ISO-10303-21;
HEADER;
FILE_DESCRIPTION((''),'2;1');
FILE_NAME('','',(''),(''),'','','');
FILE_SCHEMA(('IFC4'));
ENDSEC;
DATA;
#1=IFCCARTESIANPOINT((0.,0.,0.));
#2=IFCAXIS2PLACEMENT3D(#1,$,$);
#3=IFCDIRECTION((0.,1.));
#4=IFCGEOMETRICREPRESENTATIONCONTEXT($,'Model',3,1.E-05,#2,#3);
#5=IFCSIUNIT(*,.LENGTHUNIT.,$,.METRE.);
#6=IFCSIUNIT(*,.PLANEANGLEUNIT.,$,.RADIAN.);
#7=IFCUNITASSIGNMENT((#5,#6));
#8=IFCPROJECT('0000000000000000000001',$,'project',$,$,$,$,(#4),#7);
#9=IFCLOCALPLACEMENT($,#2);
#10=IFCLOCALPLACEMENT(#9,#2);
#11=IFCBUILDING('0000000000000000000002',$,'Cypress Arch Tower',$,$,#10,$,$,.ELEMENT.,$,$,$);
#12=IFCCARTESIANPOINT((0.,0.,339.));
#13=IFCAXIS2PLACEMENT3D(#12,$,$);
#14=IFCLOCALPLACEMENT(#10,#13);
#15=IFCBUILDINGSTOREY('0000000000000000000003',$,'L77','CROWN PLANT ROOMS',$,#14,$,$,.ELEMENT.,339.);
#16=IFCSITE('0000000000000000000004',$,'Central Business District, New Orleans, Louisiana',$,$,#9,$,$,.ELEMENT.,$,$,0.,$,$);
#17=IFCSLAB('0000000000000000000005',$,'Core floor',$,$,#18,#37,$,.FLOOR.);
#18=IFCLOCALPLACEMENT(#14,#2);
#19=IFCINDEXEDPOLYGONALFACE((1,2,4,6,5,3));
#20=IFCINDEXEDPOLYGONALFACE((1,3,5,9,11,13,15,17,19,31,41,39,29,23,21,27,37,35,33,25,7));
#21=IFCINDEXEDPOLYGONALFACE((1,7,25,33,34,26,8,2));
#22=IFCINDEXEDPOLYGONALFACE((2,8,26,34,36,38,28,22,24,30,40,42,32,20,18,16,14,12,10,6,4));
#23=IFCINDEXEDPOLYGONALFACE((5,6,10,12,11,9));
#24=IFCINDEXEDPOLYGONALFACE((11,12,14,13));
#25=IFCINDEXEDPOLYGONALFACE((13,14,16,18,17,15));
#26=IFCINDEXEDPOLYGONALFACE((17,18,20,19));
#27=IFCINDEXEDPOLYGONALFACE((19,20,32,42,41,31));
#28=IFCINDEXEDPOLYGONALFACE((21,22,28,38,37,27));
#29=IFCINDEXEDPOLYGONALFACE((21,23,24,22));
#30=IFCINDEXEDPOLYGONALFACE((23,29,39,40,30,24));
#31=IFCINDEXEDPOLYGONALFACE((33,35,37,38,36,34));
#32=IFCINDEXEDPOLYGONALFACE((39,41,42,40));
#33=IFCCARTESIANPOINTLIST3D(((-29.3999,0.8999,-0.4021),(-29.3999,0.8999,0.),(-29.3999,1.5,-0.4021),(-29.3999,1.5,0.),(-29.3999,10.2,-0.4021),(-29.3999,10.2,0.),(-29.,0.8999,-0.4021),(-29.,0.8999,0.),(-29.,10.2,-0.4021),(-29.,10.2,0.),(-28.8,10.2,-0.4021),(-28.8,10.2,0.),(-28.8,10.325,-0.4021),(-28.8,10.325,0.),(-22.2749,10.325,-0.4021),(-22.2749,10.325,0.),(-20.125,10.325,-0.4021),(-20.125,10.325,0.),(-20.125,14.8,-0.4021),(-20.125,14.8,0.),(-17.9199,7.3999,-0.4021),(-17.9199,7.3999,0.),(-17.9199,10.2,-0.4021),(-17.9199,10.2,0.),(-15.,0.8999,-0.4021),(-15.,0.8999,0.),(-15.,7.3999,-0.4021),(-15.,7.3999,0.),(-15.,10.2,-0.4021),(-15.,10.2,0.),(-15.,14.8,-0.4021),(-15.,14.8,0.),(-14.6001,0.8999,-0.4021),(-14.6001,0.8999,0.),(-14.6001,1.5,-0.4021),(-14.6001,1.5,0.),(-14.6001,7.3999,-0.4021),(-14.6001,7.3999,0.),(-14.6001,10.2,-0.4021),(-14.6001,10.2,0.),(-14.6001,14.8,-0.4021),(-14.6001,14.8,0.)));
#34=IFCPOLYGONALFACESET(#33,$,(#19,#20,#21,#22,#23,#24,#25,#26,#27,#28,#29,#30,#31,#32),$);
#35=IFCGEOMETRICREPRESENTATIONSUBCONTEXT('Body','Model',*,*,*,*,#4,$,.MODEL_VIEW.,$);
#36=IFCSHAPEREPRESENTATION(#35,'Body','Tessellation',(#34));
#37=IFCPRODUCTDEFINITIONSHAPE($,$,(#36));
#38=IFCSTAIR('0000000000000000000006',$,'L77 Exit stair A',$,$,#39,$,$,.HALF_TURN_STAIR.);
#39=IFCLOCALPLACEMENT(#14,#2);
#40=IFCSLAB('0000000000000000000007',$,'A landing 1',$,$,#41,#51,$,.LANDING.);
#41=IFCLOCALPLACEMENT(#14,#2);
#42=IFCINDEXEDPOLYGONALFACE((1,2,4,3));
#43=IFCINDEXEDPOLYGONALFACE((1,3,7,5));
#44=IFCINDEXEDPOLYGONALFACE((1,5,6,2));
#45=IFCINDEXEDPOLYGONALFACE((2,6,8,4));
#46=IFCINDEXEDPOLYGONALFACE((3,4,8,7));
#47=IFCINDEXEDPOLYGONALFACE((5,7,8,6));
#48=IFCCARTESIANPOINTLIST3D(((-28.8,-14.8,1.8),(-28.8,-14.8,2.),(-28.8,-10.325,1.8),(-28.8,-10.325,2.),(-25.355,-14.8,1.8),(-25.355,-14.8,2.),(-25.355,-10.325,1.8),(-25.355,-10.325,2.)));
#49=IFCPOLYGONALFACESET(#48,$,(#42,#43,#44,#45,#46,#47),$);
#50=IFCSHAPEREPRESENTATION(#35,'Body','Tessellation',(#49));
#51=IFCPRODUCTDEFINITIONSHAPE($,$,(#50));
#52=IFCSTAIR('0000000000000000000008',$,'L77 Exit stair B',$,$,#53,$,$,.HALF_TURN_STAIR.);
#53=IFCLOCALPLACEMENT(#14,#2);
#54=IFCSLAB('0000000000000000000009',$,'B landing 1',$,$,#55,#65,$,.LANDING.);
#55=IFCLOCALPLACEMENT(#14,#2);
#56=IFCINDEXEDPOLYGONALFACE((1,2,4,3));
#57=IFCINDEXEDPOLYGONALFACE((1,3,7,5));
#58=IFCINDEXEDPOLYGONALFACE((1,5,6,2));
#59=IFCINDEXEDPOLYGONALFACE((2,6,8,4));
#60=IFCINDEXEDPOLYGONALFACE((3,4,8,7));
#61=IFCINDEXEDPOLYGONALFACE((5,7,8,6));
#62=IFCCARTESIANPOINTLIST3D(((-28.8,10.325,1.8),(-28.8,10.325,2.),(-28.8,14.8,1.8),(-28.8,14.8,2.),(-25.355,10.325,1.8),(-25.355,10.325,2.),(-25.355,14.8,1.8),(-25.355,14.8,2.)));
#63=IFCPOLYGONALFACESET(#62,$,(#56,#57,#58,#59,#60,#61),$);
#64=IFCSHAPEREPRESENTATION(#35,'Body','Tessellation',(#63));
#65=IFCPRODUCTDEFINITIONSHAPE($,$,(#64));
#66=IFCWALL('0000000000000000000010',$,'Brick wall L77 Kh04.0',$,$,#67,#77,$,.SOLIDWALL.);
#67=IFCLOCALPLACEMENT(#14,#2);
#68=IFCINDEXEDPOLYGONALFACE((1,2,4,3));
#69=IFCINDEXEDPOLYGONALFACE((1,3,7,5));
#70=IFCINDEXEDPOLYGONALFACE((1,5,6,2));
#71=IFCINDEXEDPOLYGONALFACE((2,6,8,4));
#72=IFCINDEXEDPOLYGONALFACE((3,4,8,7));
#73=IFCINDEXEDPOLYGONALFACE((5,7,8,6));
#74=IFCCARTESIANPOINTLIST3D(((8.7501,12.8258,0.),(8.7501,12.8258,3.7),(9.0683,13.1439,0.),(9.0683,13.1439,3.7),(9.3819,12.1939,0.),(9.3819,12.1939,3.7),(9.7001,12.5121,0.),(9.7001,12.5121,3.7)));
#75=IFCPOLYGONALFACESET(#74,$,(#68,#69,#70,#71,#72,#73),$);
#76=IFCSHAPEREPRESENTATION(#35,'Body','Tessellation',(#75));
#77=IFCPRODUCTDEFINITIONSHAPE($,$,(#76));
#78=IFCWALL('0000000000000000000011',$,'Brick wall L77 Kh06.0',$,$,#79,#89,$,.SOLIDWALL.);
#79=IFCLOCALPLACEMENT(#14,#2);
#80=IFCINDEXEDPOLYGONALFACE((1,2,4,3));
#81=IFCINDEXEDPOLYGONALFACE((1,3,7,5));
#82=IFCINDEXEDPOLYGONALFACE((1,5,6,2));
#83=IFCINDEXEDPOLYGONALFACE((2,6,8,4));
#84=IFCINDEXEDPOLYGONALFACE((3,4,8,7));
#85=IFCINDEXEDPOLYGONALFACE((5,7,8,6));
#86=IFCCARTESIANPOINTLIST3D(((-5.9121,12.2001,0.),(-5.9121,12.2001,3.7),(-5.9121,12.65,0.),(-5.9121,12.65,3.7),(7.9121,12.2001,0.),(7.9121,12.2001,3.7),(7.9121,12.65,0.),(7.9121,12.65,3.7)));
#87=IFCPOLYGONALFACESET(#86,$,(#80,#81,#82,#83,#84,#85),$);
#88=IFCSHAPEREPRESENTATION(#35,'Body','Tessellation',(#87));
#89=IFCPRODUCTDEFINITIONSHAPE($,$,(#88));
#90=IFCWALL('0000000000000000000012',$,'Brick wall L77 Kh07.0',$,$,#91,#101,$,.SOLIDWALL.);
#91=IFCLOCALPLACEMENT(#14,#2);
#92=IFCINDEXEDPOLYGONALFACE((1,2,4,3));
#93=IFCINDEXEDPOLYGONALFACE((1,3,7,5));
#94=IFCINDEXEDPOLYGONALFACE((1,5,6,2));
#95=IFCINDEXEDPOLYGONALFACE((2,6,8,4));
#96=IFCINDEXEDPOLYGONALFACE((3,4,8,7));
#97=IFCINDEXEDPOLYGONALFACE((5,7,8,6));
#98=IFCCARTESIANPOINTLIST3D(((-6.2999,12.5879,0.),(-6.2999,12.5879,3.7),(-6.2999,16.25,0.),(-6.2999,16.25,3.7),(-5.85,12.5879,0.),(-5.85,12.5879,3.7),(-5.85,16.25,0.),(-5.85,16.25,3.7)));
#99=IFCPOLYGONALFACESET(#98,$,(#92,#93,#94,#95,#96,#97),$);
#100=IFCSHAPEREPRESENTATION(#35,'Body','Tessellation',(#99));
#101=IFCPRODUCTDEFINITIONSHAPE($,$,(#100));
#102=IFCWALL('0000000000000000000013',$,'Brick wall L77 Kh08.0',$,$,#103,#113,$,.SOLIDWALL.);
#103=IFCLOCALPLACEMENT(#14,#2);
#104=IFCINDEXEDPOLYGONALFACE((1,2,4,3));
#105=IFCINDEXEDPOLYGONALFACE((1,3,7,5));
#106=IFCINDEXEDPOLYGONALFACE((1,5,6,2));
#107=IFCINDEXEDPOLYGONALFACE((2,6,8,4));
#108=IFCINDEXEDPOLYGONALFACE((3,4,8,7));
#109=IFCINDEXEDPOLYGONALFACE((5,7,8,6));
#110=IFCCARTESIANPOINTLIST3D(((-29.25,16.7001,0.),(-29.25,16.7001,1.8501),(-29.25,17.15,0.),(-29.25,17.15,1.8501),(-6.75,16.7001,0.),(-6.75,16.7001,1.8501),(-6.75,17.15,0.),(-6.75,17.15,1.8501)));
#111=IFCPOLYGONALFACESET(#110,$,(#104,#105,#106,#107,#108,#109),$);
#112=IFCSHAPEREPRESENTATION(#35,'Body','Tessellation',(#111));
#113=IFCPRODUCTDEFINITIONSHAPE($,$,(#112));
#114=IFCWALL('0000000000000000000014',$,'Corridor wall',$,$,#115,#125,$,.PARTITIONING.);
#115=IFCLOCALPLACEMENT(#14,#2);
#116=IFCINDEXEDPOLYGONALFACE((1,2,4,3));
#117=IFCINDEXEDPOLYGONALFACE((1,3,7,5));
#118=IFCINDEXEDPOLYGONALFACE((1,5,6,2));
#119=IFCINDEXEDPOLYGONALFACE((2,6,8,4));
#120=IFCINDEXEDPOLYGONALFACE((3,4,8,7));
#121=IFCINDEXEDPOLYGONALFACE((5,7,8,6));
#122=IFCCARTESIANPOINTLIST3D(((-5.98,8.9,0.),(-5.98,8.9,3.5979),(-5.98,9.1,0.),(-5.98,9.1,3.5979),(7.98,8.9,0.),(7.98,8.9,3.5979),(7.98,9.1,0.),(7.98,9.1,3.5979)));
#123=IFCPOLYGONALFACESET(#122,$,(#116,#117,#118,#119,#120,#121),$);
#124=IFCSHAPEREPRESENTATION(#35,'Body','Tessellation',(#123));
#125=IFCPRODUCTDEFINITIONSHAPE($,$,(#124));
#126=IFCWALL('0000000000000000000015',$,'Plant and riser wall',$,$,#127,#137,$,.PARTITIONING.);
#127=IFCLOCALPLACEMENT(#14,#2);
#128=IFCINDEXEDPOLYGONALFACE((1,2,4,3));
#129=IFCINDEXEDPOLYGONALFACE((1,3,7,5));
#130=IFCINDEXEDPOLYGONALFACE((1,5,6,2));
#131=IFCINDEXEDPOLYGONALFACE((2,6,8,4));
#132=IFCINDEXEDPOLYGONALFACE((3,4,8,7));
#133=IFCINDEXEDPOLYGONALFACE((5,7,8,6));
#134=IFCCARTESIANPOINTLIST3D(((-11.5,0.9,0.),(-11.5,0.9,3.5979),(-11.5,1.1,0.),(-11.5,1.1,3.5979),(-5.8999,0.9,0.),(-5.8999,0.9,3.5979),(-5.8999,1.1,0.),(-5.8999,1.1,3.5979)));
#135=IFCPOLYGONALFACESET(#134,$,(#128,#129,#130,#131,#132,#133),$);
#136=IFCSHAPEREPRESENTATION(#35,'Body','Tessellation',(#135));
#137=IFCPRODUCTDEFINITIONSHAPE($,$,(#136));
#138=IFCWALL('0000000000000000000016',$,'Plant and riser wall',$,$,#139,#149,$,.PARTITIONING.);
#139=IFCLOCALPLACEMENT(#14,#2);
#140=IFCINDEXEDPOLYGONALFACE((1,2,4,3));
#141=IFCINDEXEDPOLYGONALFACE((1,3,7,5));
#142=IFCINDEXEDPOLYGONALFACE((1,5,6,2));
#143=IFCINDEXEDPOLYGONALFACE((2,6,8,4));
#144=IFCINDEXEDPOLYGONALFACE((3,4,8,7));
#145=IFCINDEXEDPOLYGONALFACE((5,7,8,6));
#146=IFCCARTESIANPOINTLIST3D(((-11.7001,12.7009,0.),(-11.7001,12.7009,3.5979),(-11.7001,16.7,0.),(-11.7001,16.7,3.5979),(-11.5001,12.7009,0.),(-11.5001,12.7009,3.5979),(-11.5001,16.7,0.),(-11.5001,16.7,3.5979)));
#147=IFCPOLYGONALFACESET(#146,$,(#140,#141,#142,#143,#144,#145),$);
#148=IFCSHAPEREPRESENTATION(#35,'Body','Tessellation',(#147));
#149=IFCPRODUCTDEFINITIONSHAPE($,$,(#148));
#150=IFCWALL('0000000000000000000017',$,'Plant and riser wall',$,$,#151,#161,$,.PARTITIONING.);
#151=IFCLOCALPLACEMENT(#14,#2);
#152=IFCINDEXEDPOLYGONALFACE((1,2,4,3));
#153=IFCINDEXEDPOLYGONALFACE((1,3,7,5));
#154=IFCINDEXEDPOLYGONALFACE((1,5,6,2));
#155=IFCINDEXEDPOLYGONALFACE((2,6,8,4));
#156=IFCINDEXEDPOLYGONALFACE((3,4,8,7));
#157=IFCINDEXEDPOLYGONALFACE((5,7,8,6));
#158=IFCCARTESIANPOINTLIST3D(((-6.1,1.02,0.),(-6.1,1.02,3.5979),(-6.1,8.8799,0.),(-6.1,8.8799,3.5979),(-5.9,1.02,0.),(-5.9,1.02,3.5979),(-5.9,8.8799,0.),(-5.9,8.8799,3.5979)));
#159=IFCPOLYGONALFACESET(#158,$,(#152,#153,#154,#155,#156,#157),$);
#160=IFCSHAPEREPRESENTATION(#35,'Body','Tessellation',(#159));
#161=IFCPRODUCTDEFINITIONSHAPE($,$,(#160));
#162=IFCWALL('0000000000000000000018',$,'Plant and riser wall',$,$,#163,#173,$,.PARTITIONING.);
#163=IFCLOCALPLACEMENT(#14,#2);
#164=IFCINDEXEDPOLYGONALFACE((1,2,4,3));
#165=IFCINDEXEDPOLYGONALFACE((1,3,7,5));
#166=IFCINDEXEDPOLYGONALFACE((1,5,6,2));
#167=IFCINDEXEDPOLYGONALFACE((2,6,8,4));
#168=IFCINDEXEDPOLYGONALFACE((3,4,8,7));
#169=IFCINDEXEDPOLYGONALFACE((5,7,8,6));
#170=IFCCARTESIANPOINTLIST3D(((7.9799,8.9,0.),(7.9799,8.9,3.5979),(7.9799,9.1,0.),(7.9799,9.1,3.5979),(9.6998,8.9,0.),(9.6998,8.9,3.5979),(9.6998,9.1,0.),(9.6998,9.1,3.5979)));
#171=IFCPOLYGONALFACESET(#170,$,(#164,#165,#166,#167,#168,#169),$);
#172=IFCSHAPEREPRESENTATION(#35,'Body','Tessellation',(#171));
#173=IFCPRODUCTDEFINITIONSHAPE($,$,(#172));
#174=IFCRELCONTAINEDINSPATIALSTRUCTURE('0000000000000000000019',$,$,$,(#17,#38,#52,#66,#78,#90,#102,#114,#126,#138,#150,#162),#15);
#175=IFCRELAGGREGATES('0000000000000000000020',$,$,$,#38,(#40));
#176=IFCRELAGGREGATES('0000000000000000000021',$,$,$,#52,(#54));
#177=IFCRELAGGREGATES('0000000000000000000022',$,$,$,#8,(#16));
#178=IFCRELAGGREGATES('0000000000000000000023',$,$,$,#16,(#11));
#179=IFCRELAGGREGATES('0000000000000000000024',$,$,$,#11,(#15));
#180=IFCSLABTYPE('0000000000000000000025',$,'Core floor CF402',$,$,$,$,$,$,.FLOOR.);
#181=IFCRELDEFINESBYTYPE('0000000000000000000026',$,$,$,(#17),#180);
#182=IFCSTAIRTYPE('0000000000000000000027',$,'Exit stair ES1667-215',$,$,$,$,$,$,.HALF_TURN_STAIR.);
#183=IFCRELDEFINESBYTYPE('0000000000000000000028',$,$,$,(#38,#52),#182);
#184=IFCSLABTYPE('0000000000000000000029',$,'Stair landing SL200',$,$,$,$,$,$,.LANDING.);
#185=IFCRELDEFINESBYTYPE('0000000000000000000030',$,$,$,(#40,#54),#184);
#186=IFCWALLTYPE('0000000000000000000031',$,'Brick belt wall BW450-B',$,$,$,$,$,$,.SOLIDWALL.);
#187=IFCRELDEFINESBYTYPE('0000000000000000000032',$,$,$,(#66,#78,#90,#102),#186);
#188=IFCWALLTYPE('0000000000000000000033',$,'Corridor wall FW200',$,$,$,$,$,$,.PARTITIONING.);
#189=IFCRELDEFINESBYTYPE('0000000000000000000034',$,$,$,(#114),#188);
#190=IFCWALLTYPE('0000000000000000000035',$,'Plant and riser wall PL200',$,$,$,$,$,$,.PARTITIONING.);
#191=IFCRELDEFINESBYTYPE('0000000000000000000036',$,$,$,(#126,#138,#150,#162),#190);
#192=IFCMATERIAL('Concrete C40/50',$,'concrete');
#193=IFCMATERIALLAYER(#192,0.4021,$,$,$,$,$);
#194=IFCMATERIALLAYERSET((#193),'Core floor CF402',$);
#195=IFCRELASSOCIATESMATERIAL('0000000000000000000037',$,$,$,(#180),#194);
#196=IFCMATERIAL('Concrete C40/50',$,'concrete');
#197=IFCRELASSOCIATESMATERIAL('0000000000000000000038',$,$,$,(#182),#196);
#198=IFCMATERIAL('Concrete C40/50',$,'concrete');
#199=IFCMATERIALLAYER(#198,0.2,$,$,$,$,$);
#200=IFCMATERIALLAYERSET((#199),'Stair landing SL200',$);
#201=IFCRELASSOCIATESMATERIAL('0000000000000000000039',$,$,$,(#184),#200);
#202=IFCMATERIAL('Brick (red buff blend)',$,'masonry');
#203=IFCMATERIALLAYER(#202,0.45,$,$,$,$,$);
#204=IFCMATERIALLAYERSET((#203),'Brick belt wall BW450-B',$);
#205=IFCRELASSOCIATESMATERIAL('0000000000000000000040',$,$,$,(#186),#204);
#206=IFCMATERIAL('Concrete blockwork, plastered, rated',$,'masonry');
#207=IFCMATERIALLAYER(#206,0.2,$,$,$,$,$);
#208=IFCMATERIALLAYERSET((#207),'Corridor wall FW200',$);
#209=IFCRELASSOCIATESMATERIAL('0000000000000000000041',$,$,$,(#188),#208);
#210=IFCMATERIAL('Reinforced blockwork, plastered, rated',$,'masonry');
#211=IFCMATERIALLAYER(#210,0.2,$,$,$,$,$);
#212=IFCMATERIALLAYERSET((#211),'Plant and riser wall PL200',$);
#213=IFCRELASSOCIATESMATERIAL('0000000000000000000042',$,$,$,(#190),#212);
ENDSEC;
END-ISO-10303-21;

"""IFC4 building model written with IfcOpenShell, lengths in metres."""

from ifc_helpers import new_model, si_unit, direction, frame, frame_2d, origin, place, context, subcontext, project, spatial, polyline, rectangle, outline, extrude, material, layer, layer_set, type_object, element, aggregate, save


model = new_model("IFC4")

# Units and contexts
model_context = context("Model", 3, precision=1e-05, world=origin(), true_north=direction((0.0, 1.0)))
body_context = subcontext(model_context, "Body", "Model", "MODEL_VIEW")
ifc_project = project(units=[si_unit("LENGTHUNIT", "METRE"), si_unit("PLANEANGLEUNIT", "RADIAN")], contexts=[model_context])

# Site, building, storey
site_placement = place(None, origin())
site = spatial("IfcSite", under=ifc_project, at=site_placement, Name="Central Business District, New Orleans, Louisiana", CompositionType="ELEMENT", RefElevation=0.0)
building_placement = place(site_placement, origin())
building = spatial("IfcBuilding", under=site, at=building_placement, Name="Cypress Arch Tower", CompositionType="ELEMENT")
storey_placement = place(building_placement, frame((0.0, 0.0, 339.0)))
storey = spatial("IfcBuildingStorey", under=building, at=storey_placement, Name="L77", Description="CROWN PLANT ROOMS", CompositionType="ELEMENT", Elevation=339.0)

# Slab
ifc_material_1 = material(Name="Concrete C40/50", Category="concrete")
ifc_layer_1 = layer(ifc_material_1, 0.4021)
ifc_layer_set_1 = layer_set([ifc_layer_1], Name="Core floor CF402")
slab_type_1 = type_object("IfcSlabType", Name="Core floor CF402", PredefinedType="FLOOR", material=ifc_layer_set_1)
slab_1_placement = place(storey_placement, frame((0.0, 0.0, -0.4021)))
element("IfcSlab", 1, at=slab_1_placement, inside=storey, type_object=slab_type_1, Name="Core floor", PredefinedType="FLOOR", context=body_context, shape_type="SweptSolid", body=[
    extrude(outline(polyline([(-22.2749, 10.325), (-20.125, 10.325), (-20.125, 14.8), (-15.0, 14.8), (-14.6001, 14.8), (-14.6001, 10.2), (-15.0, 10.2), (-17.9199, 10.2), (-17.9199, 7.3999), (-15.0, 7.3999), (-14.6001, 7.3999), (-14.6001, 1.5), (-14.6001, 0.8999), (-15.0, 0.8999), (-29.0, 0.8999), (-29.3999, 0.8999), (-29.3999, 1.5), (-29.3999, 10.2), (-29.0, 10.2), (-28.8, 10.2), (-28.8, 10.325), (-22.2749, 10.325)])), origin(), (0.0, 0.0, 1.0), 0.4021),
])

# Stairs, slabs
ifc_material_2 = material(Name="Concrete C40/50", Category="concrete")
stair_type = type_object("IfcStairType", Name="Exit stair ES1667-215", PredefinedType="HALF_TURN_STAIR", material=ifc_material_2)
stair_1_placement = place(storey_placement, origin())
stair_1 = element("IfcStair", 2, at=stair_1_placement, inside=storey, type_object=stair_type, Name="L77 Exit stair A", PredefinedType="HALF_TURN_STAIR")
ifc_material_3 = material(Name="Concrete C40/50", Category="concrete")
ifc_layer_2 = layer(ifc_material_3, 0.2)
ifc_layer_set_2 = layer_set([ifc_layer_2], Name="Stair landing SL200")
slab_type_2 = type_object("IfcSlabType", Name="Stair landing SL200", PredefinedType="LANDING", material=ifc_layer_set_2)
slab_2_placement = place(storey_placement, frame((0.0, 0.0, 1.8)))
slab_2 = element("IfcSlab", 3, at=slab_2_placement, type_object=slab_type_2, Name="A landing 1", PredefinedType="LANDING", context=body_context, shape_type="SweptSolid", body=[
    extrude(outline(polyline([(-25.355, -10.325), (-28.8, -10.325), (-28.8, -14.8), (-25.355, -14.8), (-25.355, -10.325)])), origin(), (0.0, 0.0, 1.0), 0.2),
])
aggregate(stair_1, [slab_2])
stair_2_placement = place(storey_placement, origin())
stair_2 = element("IfcStair", 4, at=stair_2_placement, inside=storey, type_object=stair_type, Name="L77 Exit stair B", PredefinedType="HALF_TURN_STAIR")
slab_3_placement = place(storey_placement, frame((0.0, 0.0, 1.8)))
slab_3 = element("IfcSlab", 5, at=slab_3_placement, type_object=slab_type_2, Name="B landing 1", PredefinedType="LANDING", context=body_context, shape_type="SweptSolid", body=[
    extrude(outline(polyline([(-25.355, 14.8), (-28.8, 14.8), (-28.8, 10.325), (-25.355, 10.325), (-25.355, 14.8)])), origin(), (0.0, 0.0, 1.0), 0.2),
])
aggregate(stair_2, [slab_3])

# Walls
ifc_material_4 = material(Name="Brick (red buff blend)", Category="masonry")
ifc_layer_3 = layer(ifc_material_4, 0.45)
ifc_layer_set_3 = layer_set([ifc_layer_3], Name="Brick belt wall BW450-B")
wall_type_1 = type_object("IfcWallType", Name="Brick belt wall BW450-B", PredefinedType="SOLIDWALL", material=ifc_layer_set_3)
wall_1_placement = place(storey_placement, frame((9.541, 12.353, 0.0), z_axis=(0.0, 0.0, 1.0), x_axis=(-0.707107, 0.707107, 0.0)))
element("IfcWall", 6, at=wall_1_placement, inside=storey, type_object=wall_type_1, Name="Brick wall L77 Kh04.0", PredefinedType="SOLIDWALL", context=body_context, shape_type="SweptSolid", body=[
    extrude(rectangle(XDim=0.8936, YDim=0.45, at=frame_2d((0.4468, 0.0))), origin(), (0.0, 0.0, 1.0), 3.7),
])
wall_2_placement = place(storey_placement, frame((7.9121, 12.425, 0.0), z_axis=(0.0, 0.0, 1.0), x_axis=(-1.0, 0.0, 0.0)))
element("IfcWall", 7, at=wall_2_placement, inside=storey, type_object=wall_type_1, Name="Brick wall L77 Kh06.0", PredefinedType="SOLIDWALL", context=body_context, shape_type="SweptSolid", body=[
    extrude(rectangle(XDim=13.8242, YDim=0.45, at=frame_2d((6.9121, 0.0))), origin(), (0.0, 0.0, 1.0), 3.7),
])
wall_3_placement = place(storey_placement, frame((-6.075, 12.5879, 0.0), z_axis=(0.0, 0.0, 1.0), x_axis=(0.0, 1.0, 0.0)))
element("IfcWall", 8, at=wall_3_placement, inside=storey, type_object=wall_type_1, Name="Brick wall L77 Kh07.0", PredefinedType="SOLIDWALL", context=body_context, shape_type="SweptSolid", body=[
    extrude(rectangle(XDim=3.6621, YDim=0.45, at=frame_2d((1.8311, 0.0))), origin(), (0.0, 0.0, 1.0), 3.7),
])
wall_4_placement = place(storey_placement, frame((-6.75, 16.925, 0.0), z_axis=(0.0, 0.0, 1.0), x_axis=(-1.0, 0.0, 0.0)))
element("IfcWall", 9, at=wall_4_placement, inside=storey, type_object=wall_type_1, Name="Brick wall L77 Kh08.0", PredefinedType="SOLIDWALL", context=body_context, shape_type="SweptSolid", body=[
    extrude(rectangle(XDim=22.5, YDim=0.45, at=frame_2d((11.25, 0.0))), origin(), (0.0, 0.0, 1.0), 1.8501),
])
ifc_material_5 = material(Name="Concrete blockwork, plastered, rated", Category="masonry")
ifc_layer_4 = layer(ifc_material_5, 0.2)
ifc_layer_set_4 = layer_set([ifc_layer_4], Name="Corridor wall FW200")
wall_type_2 = type_object("IfcWallType", Name="Corridor wall FW200", PredefinedType="PARTITIONING", material=ifc_layer_set_4)
wall_5_placement = place(storey_placement, frame((-5.98, 9.0, 0.0), z_axis=(0.0, 0.0, 1.0), x_axis=(1.0, 0.0, 0.0)))
element("IfcWall", 10, at=wall_5_placement, inside=storey, type_object=wall_type_2, Name="Corridor wall", PredefinedType="PARTITIONING", context=body_context, shape_type="SweptSolid", body=[
    extrude(rectangle(XDim=13.96, YDim=0.2, at=frame_2d((6.98, 0.0))), origin(), (0.0, 0.0, 1.0), 3.5979),
])
ifc_material_6 = material(Name="Reinforced blockwork, plastered, rated", Category="masonry")
ifc_layer_5 = layer(ifc_material_6, 0.2)
ifc_layer_set_5 = layer_set([ifc_layer_5], Name="Plant and riser wall PL200")
wall_type_3 = type_object("IfcWallType", Name="Plant and riser wall PL200", PredefinedType="PARTITIONING", material=ifc_layer_set_5)
wall_6_placement = place(storey_placement, frame((-11.5, 1.0, 0.0), z_axis=(0.0, 0.0, 1.0), x_axis=(1.0, 0.0, 0.0)))
element("IfcWall", 11, at=wall_6_placement, inside=storey, type_object=wall_type_3, Name="Plant and riser wall", PredefinedType="PARTITIONING", context=body_context, shape_type="SweptSolid", body=[
    extrude(rectangle(XDim=5.6001, YDim=0.2, at=frame_2d((2.8, 0.0))), origin(), (0.0, 0.0, 1.0), 3.5979),
])
wall_7_placement = place(storey_placement, frame((-11.6001, 12.7009, 0.0), z_axis=(0.0, 0.0, 1.0), x_axis=(0.0, 1.0, 0.0)))
element("IfcWall", 12, at=wall_7_placement, inside=storey, type_object=wall_type_3, Name="Plant and riser wall", PredefinedType="PARTITIONING", context=body_context, shape_type="SweptSolid", body=[
    extrude(rectangle(XDim=3.999, YDim=0.2, at=frame_2d((1.9995, 0.0))), origin(), (0.0, 0.0, 1.0), 3.5979),
])
wall_8_placement = place(storey_placement, frame((-6.0, 1.02, 0.0), z_axis=(0.0, 0.0, 1.0), x_axis=(0.0, 1.0, 0.0)))
element("IfcWall", 13, at=wall_8_placement, inside=storey, type_object=wall_type_3, Name="Plant and riser wall", PredefinedType="PARTITIONING", context=body_context, shape_type="SweptSolid", body=[
    extrude(rectangle(XDim=7.8599, YDim=0.2, at=frame_2d((3.9299, 0.0))), origin(), (0.0, 0.0, 1.0), 3.5979),
])
wall_9_placement = place(storey_placement, frame((7.98, 9.0, 0.0), z_axis=(0.0, 0.0, 1.0), x_axis=(1.0, 0.0, 0.0)))
element("IfcWall", 14, at=wall_9_placement, inside=storey, type_object=wall_type_3, Name="Plant and riser wall", PredefinedType="PARTITIONING", context=body_context, shape_type="SweptSolid", body=[
    extrude(rectangle(XDim=1.72, YDim=0.2, at=frame_2d((0.8599, 0.0))), origin(), (0.0, 0.0, 1.0), 3.5979),
])

save(model, "model.ifc")
